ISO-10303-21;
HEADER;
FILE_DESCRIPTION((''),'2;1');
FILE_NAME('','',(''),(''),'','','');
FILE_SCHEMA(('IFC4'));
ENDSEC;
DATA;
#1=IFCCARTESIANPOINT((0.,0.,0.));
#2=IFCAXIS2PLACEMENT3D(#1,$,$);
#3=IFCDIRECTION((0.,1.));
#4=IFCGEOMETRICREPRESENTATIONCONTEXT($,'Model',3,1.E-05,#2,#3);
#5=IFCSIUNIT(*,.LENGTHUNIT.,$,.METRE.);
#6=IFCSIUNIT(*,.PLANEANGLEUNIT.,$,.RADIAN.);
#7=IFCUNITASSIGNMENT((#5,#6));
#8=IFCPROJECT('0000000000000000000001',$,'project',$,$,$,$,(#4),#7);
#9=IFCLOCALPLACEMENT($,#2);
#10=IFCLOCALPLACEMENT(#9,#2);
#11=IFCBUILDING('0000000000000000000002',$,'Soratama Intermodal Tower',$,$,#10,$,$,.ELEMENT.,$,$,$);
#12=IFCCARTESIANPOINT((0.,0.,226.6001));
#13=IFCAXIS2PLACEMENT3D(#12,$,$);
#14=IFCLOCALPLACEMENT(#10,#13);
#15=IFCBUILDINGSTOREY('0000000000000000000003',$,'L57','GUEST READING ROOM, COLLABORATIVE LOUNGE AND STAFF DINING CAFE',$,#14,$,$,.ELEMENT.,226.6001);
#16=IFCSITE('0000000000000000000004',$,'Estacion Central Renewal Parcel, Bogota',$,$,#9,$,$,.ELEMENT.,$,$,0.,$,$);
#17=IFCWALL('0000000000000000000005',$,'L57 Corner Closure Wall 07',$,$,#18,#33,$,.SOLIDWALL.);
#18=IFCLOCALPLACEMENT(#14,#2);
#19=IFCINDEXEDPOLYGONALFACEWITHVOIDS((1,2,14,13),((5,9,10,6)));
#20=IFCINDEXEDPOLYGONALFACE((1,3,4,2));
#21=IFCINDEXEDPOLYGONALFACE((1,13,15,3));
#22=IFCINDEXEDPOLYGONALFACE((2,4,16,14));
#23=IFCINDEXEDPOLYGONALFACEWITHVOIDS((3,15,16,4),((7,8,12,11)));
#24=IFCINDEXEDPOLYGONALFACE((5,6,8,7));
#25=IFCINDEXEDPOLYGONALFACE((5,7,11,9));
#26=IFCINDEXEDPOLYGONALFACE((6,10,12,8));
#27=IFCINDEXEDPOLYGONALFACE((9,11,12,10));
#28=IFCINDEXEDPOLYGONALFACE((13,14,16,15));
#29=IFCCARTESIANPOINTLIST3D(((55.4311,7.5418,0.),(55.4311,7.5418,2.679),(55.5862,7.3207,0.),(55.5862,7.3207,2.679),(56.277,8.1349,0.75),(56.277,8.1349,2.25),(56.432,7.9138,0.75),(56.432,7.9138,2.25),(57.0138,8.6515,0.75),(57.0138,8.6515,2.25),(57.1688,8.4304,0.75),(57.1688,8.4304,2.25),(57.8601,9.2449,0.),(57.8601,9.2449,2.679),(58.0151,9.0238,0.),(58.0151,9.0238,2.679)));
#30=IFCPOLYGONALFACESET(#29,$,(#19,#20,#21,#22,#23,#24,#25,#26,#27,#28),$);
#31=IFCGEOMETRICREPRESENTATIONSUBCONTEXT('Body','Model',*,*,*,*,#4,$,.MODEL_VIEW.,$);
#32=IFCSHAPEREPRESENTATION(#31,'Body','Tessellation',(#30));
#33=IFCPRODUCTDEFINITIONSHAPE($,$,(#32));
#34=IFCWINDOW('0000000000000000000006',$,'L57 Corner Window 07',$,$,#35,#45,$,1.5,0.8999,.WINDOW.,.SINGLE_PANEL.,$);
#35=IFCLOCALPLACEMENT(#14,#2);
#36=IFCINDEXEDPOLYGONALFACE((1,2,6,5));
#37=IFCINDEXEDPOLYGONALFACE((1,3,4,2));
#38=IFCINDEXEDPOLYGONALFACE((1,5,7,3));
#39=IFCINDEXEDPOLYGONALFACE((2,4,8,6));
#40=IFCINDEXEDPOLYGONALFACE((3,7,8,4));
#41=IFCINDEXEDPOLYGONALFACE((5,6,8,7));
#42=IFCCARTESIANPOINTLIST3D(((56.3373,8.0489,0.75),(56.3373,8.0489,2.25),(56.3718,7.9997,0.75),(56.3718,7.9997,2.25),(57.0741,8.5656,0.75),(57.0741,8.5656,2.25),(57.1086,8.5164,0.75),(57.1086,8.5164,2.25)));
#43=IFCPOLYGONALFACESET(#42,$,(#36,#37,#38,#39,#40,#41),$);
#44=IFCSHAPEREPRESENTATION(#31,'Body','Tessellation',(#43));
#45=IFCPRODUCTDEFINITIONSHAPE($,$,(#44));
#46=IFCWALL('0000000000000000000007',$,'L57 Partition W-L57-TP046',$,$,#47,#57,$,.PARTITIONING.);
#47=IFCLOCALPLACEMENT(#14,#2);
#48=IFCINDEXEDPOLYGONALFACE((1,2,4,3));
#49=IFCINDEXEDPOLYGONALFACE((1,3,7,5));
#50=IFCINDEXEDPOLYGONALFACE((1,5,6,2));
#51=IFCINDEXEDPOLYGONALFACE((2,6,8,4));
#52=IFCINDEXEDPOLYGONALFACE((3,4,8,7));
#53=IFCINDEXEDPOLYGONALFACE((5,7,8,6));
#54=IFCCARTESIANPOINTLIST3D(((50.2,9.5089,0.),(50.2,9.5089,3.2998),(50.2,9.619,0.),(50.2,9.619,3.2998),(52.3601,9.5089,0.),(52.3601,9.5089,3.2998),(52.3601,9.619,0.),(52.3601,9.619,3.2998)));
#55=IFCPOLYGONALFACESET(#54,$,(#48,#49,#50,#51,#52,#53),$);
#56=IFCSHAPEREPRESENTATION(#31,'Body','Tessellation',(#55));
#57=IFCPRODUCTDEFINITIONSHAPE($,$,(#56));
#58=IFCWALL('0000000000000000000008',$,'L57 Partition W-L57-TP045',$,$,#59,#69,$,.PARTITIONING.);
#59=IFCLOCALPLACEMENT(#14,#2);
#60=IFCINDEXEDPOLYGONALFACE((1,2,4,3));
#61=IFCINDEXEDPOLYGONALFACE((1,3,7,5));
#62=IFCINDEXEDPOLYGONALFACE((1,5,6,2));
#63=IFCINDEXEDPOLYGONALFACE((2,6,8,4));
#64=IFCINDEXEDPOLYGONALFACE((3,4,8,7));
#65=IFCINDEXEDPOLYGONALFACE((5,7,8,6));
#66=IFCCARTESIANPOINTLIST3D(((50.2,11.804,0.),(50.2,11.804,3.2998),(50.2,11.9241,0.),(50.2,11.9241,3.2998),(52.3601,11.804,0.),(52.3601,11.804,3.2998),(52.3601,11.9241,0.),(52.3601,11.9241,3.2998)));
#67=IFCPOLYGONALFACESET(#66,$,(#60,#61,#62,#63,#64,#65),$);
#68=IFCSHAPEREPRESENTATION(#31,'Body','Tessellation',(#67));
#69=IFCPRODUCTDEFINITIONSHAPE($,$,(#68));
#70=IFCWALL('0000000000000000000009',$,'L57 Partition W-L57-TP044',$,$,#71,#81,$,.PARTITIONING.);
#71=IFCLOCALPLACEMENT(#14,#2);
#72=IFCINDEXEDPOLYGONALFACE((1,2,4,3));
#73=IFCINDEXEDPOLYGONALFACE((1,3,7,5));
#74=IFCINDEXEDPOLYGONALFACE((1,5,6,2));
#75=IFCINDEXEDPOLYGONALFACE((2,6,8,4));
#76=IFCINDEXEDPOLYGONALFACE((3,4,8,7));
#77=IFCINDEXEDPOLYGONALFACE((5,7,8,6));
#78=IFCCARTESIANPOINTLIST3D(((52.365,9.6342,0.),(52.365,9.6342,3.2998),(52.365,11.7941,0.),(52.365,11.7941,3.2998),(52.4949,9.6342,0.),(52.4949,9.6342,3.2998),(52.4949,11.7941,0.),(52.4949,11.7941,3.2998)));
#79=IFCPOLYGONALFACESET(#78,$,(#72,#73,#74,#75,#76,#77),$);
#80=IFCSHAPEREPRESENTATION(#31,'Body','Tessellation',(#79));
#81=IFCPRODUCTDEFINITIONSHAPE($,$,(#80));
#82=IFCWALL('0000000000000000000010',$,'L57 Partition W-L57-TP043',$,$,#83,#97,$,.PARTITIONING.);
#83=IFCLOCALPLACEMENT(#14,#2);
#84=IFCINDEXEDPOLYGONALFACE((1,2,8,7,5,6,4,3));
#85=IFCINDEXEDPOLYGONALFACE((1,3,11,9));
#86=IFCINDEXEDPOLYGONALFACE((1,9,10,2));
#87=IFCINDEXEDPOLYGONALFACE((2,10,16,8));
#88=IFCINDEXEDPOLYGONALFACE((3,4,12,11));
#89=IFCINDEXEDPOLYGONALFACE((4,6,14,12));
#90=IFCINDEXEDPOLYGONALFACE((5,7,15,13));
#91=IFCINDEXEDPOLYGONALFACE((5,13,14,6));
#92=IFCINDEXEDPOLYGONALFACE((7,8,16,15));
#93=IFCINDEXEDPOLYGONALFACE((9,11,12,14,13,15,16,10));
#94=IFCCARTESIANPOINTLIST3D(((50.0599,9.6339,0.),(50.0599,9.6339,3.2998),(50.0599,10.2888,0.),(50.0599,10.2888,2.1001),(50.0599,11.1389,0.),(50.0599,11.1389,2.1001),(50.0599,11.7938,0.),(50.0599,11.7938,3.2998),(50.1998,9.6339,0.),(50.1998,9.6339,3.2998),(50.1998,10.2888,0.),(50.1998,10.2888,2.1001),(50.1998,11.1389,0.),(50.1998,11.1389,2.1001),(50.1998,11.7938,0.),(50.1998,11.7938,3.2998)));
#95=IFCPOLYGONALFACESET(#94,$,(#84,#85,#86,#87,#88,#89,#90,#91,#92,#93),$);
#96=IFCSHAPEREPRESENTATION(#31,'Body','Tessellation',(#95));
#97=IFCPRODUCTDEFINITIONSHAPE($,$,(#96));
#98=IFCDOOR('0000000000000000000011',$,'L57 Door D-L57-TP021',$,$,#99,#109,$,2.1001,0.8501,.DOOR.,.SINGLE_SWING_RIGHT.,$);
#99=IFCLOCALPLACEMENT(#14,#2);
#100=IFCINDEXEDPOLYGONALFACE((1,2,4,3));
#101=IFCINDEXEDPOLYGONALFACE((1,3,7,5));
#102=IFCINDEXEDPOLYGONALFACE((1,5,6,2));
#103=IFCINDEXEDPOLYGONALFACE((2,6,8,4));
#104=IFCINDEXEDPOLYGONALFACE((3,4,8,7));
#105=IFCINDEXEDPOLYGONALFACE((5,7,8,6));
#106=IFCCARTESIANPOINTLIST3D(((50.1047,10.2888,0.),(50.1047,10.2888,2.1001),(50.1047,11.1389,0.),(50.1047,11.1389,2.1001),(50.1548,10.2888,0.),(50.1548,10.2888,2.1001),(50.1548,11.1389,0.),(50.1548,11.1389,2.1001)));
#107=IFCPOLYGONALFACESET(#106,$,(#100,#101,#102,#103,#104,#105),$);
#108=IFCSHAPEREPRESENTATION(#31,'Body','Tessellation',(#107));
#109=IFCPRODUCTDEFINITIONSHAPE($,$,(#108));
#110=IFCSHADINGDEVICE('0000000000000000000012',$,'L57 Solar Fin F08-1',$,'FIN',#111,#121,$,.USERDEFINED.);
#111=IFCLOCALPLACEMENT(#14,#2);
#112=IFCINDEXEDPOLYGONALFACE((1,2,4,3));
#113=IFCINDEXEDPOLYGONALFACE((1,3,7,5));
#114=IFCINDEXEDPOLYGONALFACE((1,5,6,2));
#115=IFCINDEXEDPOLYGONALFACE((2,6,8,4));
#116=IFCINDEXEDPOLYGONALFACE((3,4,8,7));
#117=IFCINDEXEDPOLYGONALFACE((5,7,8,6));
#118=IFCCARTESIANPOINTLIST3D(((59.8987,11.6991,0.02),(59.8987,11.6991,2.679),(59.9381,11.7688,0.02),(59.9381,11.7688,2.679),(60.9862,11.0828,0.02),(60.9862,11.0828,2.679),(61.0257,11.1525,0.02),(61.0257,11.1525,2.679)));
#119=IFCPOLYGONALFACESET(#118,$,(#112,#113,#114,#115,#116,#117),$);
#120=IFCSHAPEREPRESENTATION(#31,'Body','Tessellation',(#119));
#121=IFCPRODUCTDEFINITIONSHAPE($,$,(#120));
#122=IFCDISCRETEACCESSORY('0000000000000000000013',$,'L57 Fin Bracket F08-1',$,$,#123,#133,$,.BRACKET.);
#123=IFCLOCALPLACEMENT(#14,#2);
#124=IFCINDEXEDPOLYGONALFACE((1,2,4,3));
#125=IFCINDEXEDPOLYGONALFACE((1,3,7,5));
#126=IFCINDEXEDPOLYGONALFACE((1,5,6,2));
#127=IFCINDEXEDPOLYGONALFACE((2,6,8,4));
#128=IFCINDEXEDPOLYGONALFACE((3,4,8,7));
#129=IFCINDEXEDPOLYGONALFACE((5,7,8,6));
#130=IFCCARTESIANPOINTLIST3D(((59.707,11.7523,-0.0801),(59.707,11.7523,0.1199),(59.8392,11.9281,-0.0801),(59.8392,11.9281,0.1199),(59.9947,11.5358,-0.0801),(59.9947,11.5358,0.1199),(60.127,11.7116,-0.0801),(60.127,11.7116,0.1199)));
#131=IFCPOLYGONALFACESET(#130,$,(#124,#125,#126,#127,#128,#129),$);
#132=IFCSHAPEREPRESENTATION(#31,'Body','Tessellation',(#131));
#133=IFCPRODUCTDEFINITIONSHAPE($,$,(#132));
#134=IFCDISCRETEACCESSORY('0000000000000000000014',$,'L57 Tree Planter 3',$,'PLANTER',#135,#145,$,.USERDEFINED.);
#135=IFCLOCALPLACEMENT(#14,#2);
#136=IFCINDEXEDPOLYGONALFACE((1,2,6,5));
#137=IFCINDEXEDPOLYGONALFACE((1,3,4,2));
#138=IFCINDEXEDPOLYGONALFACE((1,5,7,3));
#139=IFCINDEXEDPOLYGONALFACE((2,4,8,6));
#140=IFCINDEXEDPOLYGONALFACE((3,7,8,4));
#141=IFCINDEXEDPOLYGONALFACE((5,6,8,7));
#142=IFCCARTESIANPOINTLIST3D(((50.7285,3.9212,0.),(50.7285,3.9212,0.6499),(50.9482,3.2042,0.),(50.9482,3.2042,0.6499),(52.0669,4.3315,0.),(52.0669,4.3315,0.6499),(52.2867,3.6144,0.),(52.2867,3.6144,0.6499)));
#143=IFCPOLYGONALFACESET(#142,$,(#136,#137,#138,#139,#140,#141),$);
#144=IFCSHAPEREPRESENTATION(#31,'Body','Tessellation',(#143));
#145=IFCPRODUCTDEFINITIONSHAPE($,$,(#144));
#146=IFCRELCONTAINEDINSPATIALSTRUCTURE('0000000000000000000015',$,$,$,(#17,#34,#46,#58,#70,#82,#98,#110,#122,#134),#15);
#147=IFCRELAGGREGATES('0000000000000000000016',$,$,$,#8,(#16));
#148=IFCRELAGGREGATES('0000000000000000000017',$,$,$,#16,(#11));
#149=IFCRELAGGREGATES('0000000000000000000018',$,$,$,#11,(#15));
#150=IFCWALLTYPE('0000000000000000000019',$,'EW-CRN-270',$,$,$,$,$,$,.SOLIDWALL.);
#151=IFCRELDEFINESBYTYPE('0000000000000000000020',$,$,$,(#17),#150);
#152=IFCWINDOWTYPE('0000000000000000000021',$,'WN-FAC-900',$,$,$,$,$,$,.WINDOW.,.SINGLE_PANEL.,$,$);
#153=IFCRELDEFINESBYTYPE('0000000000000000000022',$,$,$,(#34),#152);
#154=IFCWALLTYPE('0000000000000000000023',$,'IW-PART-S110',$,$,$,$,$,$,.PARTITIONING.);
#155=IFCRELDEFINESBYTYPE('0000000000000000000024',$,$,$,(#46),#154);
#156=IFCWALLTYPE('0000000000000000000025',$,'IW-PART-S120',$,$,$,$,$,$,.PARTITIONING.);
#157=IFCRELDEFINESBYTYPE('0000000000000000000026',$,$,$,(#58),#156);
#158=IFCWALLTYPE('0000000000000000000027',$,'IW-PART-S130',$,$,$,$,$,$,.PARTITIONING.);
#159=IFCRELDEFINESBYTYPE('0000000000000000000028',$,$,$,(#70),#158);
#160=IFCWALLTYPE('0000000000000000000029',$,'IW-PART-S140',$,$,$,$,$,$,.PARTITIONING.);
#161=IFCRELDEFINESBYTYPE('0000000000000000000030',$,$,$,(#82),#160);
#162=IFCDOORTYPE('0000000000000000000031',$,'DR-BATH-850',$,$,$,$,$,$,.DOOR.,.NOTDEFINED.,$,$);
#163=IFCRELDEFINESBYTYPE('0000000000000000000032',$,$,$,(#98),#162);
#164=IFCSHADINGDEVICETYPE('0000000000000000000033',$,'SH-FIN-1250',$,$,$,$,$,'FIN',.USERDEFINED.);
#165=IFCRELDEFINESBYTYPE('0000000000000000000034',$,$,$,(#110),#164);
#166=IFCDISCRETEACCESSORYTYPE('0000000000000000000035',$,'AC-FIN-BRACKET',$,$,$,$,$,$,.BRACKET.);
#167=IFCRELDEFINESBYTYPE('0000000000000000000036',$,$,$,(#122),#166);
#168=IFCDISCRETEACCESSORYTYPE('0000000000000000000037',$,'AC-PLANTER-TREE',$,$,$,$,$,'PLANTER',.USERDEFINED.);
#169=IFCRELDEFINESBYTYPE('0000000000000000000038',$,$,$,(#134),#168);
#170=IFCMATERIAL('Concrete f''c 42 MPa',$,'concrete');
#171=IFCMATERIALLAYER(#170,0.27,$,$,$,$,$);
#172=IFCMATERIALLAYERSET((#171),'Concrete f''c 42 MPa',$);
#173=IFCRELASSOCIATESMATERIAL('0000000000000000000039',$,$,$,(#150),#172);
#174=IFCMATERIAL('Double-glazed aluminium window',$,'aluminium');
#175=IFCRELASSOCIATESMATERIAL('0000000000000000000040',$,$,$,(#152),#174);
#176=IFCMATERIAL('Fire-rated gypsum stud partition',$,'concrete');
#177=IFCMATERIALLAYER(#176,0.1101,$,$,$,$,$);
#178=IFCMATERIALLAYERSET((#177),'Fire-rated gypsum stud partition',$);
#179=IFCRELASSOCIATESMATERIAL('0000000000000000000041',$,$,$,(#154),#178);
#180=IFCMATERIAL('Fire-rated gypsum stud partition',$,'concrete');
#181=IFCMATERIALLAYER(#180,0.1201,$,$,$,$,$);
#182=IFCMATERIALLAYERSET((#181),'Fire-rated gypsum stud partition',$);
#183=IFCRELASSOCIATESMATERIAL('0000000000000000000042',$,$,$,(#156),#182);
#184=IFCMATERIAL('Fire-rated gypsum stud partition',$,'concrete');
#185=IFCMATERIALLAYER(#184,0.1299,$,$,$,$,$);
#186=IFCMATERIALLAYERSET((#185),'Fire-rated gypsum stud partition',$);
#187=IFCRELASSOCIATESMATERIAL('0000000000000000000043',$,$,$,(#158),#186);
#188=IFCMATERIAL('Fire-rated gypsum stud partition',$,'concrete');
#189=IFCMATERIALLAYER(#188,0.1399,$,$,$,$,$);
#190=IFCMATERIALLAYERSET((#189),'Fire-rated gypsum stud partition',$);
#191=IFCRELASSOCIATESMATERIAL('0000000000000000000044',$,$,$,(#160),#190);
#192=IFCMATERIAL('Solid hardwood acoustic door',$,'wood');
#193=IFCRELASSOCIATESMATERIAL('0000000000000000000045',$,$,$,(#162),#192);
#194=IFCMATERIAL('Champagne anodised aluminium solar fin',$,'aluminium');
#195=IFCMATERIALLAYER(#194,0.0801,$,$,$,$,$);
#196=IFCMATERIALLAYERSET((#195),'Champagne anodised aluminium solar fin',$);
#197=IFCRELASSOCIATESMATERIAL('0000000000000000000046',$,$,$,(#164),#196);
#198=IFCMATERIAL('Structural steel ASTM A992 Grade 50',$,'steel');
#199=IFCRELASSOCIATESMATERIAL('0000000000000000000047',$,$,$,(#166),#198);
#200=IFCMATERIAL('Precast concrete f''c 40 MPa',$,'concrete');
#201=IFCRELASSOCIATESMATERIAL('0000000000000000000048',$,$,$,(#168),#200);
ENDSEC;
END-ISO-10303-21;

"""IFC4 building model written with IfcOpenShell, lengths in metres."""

from ifc_helpers import new_model, si_unit, direction, frame, frame_2d, origin, origin_2d, place, context, subcontext, project, spatial, rectangle, extrude, material, layer, layer_set, type_object, element, fill, save


model = new_model("IFC4")

# Units and contexts
model_context = context("Model", 3, precision=1e-05, world=origin(), true_north=direction((0.0, 1.0)))
body_context = subcontext(model_context, "Body", "Model", "MODEL_VIEW")
ifc_project = project(units=[si_unit("LENGTHUNIT", "METRE"), si_unit("PLANEANGLEUNIT", "RADIAN")], contexts=[model_context])

# Site, building, storey
site_placement = place(None, origin())
site = spatial("IfcSite", under=ifc_project, at=site_placement, Name="Estacion Central Renewal Parcel, Bogota", CompositionType="ELEMENT", RefElevation=0.0)
building_placement = place(site_placement, origin())
building = spatial("IfcBuilding", under=site, at=building_placement, Name="Soratama Intermodal Tower", CompositionType="ELEMENT")
storey_placement = place(building_placement, frame((0.0, 0.0, 226.6001)))
storey = spatial("IfcBuildingStorey", under=building, at=storey_placement, Name="L57", Description="GUEST READING ROOM, COLLABORATIVE LOUNGE AND STAFF DINING CAFE", CompositionType="ELEMENT", Elevation=226.6001)

# Wall, opening, window
ifc_material_1 = material(Name="Concrete f'c 42 MPa", Category="concrete")
ifc_layer_1 = layer(ifc_material_1, 0.27)
ifc_layer_set_1 = layer_set([ifc_layer_1], Name="Concrete f'c 42 MPa")
wall_type_1 = type_object("IfcWallType", Name="EW-CRN-270", PredefinedType="SOLIDWALL", material=ifc_layer_set_1)
wall_1_placement = place(storey_placement, frame((55.5085, 7.4312, 0.0), z_axis=(0.0, 0.0, 1.0), x_axis=(0.818779, 0.574108, 0.0)))
wall_1 = element("IfcWall", 1, at=wall_1_placement, inside=storey, type_object=wall_type_1, Name="L57 Corner Closure Wall 07", PredefinedType="SOLIDWALL", context=body_context, shape_type="SweptSolid", body=[
    extrude(rectangle(XDim=2.9666, YDim=0.27, at=frame_2d((1.4834, 0.0))), origin(), (0.0, 0.0, 1.0), 2.679),
])
opening_1_placement = place(wall_1_placement, frame((1.0332, 0.0, 0.75)))
opening_1 = element("IfcOpeningElement", 2, at=opening_1_placement, cuts=wall_1, PredefinedType="OPENING", context=body_context, shape_type="SweptSolid", body=[
    extrude(rectangle(XDim=0.8999, YDim=1.5, at=frame_2d((0.45, 0.75))), frame((0.0, 0.145, 0.0), z_axis=(0.0, -1.0, 0.0), x_axis=(1.0, 0.0, 0.0)), (0.0, 0.0, 1.0), 0.29),
])
ifc_material_2 = material(Name="Double-glazed aluminium window", Category="aluminium")
window_type = type_object("IfcWindowType", Name="WN-FAC-900", PartitioningType="SINGLE_PANEL", PredefinedType="WINDOW", material=ifc_material_2)
window_placement = place(opening_1_placement, origin())
window = element("IfcWindow", 3, at=window_placement, inside=storey, type_object=window_type, Name="L57 Corner Window 07", OverallHeight=1.5, OverallWidth=0.8999, PartitioningType="SINGLE_PANEL", PredefinedType="WINDOW", context=body_context, shape_type="SweptSolid", body=[
    extrude(rectangle(XDim=0.8999, YDim=1.5, at=frame_2d((0.45, 0.75))), frame((0.0, 0.03, 0.0), z_axis=(0.0, -1.0, 0.0), x_axis=(1.0, 0.0, 0.0)), (0.0, 0.0, 1.0), 0.0601),
])
fill(opening_1, window)

# Walls
ifc_material_3 = material(Name="Fire-rated gypsum stud partition", Category="concrete")
ifc_layer_2 = layer(ifc_material_3, 0.1101)
ifc_layer_set_2 = layer_set([ifc_layer_2], Name="Fire-rated gypsum stud partition")
wall_type_2 = type_object("IfcWallType", Name="IW-PART-S110", PredefinedType="PARTITIONING", material=ifc_layer_set_2)
wall_2_placement = place(storey_placement, frame((50.2, 9.564, 0.0), z_axis=(0.0, 0.0, 1.0), x_axis=(1.0, 0.0, 0.0)))
element("IfcWall", 4, at=wall_2_placement, inside=storey, type_object=wall_type_2, Name="L57 Partition W-L57-TP046", PredefinedType="PARTITIONING", context=body_context, shape_type="SweptSolid", body=[
    extrude(rectangle(XDim=2.1602, YDim=0.1101, at=frame_2d((1.0801, 0.0))), origin(), (0.0, 0.0, 1.0), 3.2998),
])
ifc_material_4 = material(Name="Fire-rated gypsum stud partition", Category="concrete")
ifc_layer_3 = layer(ifc_material_4, 0.1201)
ifc_layer_set_3 = layer_set([ifc_layer_3], Name="Fire-rated gypsum stud partition")
wall_type_3 = type_object("IfcWallType", Name="IW-PART-S120", PredefinedType="PARTITIONING", material=ifc_layer_set_3)
wall_3_placement = place(storey_placement, frame((52.3601, 11.864, 0.0), z_axis=(0.0, 0.0, 1.0), x_axis=(-1.0, 0.0, 0.0)))
element("IfcWall", 5, at=wall_3_placement, inside=storey, type_object=wall_type_3, Name="L57 Partition W-L57-TP045", PredefinedType="PARTITIONING", context=body_context, shape_type="SweptSolid", body=[
    extrude(rectangle(XDim=2.1602, YDim=0.1201, at=frame_2d((1.0801, 0.0))), origin(), (0.0, 0.0, 1.0), 3.2998),
])
ifc_material_5 = material(Name="Fire-rated gypsum stud partition", Category="concrete")
ifc_layer_4 = layer(ifc_material_5, 0.1299)
ifc_layer_set_4 = layer_set([ifc_layer_4], Name="Fire-rated gypsum stud partition")
wall_type_4 = type_object("IfcWallType", Name="IW-PART-S130", PredefinedType="PARTITIONING", material=ifc_layer_set_4)
wall_4_placement = place(storey_placement, frame((52.4299, 9.634, 0.0), z_axis=(0.0, 0.0, 1.0), x_axis=(0.0, 1.0, 0.0)))
element("IfcWall", 6, at=wall_4_placement, inside=storey, type_object=wall_type_4, Name="L57 Partition W-L57-TP044", PredefinedType="PARTITIONING", context=body_context, shape_type="SweptSolid", body=[
    extrude(rectangle(XDim=2.1599, YDim=0.1299, at=frame_2d((1.0801, 0.0))), origin(), (0.0, 0.0, 1.0), 3.2998),
])

# Wall, opening, door
ifc_material_6 = material(Name="Fire-rated gypsum stud partition", Category="concrete")
ifc_layer_5 = layer(ifc_material_6, 0.1399)
ifc_layer_set_5 = layer_set([ifc_layer_5], Name="Fire-rated gypsum stud partition")
wall_type_5 = type_object("IfcWallType", Name="IW-PART-S140", PredefinedType="PARTITIONING", material=ifc_layer_set_5)
wall_5_placement = place(storey_placement, frame((50.1299, 11.7939, 0.0), z_axis=(0.0, 0.0, 1.0), x_axis=(0.0, -1.0, 0.0)))
wall_5 = element("IfcWall", 7, at=wall_5_placement, inside=storey, type_object=wall_type_5, Name="L57 Partition W-L57-TP043", PredefinedType="PARTITIONING", context=body_context, shape_type="SweptSolid", body=[
    extrude(rectangle(XDim=2.1599, YDim=0.1399, at=frame_2d((1.0801, 0.0))), origin(), (0.0, 0.0, 1.0), 3.2998),
])
opening_2_placement = place(wall_5_placement, frame((0.655, 0.0, 0.0)))
opening_2 = element("IfcOpeningElement", 8, at=opening_2_placement, cuts=wall_5, PredefinedType="OPENING", context=body_context, shape_type="SweptSolid", body=[
    extrude(rectangle(XDim=0.8501, YDim=2.1001, at=frame_2d((0.425, 1.05))), frame((0.0, 0.0798, 0.0), z_axis=(0.0, -1.0, 0.0), x_axis=(1.0, 0.0, 0.0)), (0.0, 0.0, 1.0), 0.1599),
])
ifc_material_7 = material(Name="Solid hardwood acoustic door", Category="wood")
door_type = type_object("IfcDoorType", Name="DR-BATH-850", OperationType="NOTDEFINED", PredefinedType="DOOR", material=ifc_material_7)
door_placement = place(opening_2_placement, origin())
door = element("IfcDoor", 9, at=door_placement, inside=storey, type_object=door_type, Name="L57 Door D-L57-TP021", OperationType="SINGLE_SWING_RIGHT", OverallHeight=2.1001, OverallWidth=0.8501, PredefinedType="DOOR", context=body_context, shape_type="SweptSolid", body=[
    extrude(rectangle(XDim=0.8501, YDim=2.1001, at=frame_2d((0.425, 1.05))), frame((0.0, 0.0249, 0.0), z_axis=(0.0, -1.0, 0.0), x_axis=(1.0, 0.0, 0.0)), (0.0, 0.0, 1.0), 0.05),
])
fill(opening_2, door)

# Shading device
ifc_material_8 = material(Name="Champagne anodised aluminium solar fin", Category="aluminium")
ifc_layer_6 = layer(ifc_material_8, 0.0801)
ifc_layer_set_6 = layer_set([ifc_layer_6], Name="Champagne anodised aluminium solar fin")
shading_device_type = type_object("IfcShadingDeviceType", Name="SH-FIN-1250", ElementType="FIN", PredefinedType="USERDEFINED", material=ifc_layer_set_6)
shading_device_placement = place(storey_placement, frame((60.4622, 11.4258, 0.02), z_axis=(0.0, 0.0, 1.0), x_axis=(0.870012, -0.493031, 0.0)))
element("IfcShadingDevice", 10, at=shading_device_placement, inside=storey, type_object=shading_device_type, Name="L57 Solar Fin F08-1", ObjectType="FIN", PredefinedType="USERDEFINED", context=body_context, shape_type="SweptSolid", body=[
    extrude(rectangle(XDim=1.25, YDim=0.0801, at=origin_2d()), origin(), (0.0, 0.0, 1.0), 2.6589),
])

# Discrete accessories
ifc_material_9 = material(Name="Structural steel ASTM A992 Grade 50", Category="steel")
discrete_accessory_type_1 = type_object("IfcDiscreteAccessoryType", Name="AC-FIN-BRACKET", PredefinedType="BRACKET", material=ifc_material_9)
discrete_accessory_1_placement = place(storey_placement, frame((59.917, 11.7319, -0.0801), z_axis=(0.0, 0.0, 1.0), x_axis=(0.799055, -0.601257, 0.0)))
element("IfcDiscreteAccessory", 11, at=discrete_accessory_1_placement, inside=storey, type_object=discrete_accessory_type_1, Name="L57 Fin Bracket F08-1", PredefinedType="BRACKET", context=body_context, shape_type="SweptSolid", body=[
    extrude(rectangle(XDim=0.3601, YDim=0.22, at=origin_2d()), origin(), (0.0, 0.0, 1.0), 0.2),
])
ifc_material_10 = material(Name="Precast concrete f'c 40 MPa", Category="concrete")
discrete_accessory_type_2 = type_object("IfcDiscreteAccessoryType", Name="AC-PLANTER-TREE", ElementType="PLANTER", PredefinedType="USERDEFINED", material=ifc_material_10)
discrete_accessory_2_placement = place(storey_placement, frame((51.5076, 3.7678, 0.0), z_axis=(0.0, 0.0, 1.0), x_axis=(0.293039, -0.9561, 0.0)))
element("IfcDiscreteAccessory", 12, at=discrete_accessory_2_placement, inside=storey, type_object=discrete_accessory_type_2, Name="L57 Tree Planter 3", ObjectType="PLANTER", PredefinedType="USERDEFINED", context=body_context, shape_type="SweptSolid", body=[
    extrude(rectangle(XDim=0.75, YDim=1.3999, at=origin_2d()), origin(), (0.0, 0.0, 1.0), 0.6499),
])

save(model, "model.ifc")
